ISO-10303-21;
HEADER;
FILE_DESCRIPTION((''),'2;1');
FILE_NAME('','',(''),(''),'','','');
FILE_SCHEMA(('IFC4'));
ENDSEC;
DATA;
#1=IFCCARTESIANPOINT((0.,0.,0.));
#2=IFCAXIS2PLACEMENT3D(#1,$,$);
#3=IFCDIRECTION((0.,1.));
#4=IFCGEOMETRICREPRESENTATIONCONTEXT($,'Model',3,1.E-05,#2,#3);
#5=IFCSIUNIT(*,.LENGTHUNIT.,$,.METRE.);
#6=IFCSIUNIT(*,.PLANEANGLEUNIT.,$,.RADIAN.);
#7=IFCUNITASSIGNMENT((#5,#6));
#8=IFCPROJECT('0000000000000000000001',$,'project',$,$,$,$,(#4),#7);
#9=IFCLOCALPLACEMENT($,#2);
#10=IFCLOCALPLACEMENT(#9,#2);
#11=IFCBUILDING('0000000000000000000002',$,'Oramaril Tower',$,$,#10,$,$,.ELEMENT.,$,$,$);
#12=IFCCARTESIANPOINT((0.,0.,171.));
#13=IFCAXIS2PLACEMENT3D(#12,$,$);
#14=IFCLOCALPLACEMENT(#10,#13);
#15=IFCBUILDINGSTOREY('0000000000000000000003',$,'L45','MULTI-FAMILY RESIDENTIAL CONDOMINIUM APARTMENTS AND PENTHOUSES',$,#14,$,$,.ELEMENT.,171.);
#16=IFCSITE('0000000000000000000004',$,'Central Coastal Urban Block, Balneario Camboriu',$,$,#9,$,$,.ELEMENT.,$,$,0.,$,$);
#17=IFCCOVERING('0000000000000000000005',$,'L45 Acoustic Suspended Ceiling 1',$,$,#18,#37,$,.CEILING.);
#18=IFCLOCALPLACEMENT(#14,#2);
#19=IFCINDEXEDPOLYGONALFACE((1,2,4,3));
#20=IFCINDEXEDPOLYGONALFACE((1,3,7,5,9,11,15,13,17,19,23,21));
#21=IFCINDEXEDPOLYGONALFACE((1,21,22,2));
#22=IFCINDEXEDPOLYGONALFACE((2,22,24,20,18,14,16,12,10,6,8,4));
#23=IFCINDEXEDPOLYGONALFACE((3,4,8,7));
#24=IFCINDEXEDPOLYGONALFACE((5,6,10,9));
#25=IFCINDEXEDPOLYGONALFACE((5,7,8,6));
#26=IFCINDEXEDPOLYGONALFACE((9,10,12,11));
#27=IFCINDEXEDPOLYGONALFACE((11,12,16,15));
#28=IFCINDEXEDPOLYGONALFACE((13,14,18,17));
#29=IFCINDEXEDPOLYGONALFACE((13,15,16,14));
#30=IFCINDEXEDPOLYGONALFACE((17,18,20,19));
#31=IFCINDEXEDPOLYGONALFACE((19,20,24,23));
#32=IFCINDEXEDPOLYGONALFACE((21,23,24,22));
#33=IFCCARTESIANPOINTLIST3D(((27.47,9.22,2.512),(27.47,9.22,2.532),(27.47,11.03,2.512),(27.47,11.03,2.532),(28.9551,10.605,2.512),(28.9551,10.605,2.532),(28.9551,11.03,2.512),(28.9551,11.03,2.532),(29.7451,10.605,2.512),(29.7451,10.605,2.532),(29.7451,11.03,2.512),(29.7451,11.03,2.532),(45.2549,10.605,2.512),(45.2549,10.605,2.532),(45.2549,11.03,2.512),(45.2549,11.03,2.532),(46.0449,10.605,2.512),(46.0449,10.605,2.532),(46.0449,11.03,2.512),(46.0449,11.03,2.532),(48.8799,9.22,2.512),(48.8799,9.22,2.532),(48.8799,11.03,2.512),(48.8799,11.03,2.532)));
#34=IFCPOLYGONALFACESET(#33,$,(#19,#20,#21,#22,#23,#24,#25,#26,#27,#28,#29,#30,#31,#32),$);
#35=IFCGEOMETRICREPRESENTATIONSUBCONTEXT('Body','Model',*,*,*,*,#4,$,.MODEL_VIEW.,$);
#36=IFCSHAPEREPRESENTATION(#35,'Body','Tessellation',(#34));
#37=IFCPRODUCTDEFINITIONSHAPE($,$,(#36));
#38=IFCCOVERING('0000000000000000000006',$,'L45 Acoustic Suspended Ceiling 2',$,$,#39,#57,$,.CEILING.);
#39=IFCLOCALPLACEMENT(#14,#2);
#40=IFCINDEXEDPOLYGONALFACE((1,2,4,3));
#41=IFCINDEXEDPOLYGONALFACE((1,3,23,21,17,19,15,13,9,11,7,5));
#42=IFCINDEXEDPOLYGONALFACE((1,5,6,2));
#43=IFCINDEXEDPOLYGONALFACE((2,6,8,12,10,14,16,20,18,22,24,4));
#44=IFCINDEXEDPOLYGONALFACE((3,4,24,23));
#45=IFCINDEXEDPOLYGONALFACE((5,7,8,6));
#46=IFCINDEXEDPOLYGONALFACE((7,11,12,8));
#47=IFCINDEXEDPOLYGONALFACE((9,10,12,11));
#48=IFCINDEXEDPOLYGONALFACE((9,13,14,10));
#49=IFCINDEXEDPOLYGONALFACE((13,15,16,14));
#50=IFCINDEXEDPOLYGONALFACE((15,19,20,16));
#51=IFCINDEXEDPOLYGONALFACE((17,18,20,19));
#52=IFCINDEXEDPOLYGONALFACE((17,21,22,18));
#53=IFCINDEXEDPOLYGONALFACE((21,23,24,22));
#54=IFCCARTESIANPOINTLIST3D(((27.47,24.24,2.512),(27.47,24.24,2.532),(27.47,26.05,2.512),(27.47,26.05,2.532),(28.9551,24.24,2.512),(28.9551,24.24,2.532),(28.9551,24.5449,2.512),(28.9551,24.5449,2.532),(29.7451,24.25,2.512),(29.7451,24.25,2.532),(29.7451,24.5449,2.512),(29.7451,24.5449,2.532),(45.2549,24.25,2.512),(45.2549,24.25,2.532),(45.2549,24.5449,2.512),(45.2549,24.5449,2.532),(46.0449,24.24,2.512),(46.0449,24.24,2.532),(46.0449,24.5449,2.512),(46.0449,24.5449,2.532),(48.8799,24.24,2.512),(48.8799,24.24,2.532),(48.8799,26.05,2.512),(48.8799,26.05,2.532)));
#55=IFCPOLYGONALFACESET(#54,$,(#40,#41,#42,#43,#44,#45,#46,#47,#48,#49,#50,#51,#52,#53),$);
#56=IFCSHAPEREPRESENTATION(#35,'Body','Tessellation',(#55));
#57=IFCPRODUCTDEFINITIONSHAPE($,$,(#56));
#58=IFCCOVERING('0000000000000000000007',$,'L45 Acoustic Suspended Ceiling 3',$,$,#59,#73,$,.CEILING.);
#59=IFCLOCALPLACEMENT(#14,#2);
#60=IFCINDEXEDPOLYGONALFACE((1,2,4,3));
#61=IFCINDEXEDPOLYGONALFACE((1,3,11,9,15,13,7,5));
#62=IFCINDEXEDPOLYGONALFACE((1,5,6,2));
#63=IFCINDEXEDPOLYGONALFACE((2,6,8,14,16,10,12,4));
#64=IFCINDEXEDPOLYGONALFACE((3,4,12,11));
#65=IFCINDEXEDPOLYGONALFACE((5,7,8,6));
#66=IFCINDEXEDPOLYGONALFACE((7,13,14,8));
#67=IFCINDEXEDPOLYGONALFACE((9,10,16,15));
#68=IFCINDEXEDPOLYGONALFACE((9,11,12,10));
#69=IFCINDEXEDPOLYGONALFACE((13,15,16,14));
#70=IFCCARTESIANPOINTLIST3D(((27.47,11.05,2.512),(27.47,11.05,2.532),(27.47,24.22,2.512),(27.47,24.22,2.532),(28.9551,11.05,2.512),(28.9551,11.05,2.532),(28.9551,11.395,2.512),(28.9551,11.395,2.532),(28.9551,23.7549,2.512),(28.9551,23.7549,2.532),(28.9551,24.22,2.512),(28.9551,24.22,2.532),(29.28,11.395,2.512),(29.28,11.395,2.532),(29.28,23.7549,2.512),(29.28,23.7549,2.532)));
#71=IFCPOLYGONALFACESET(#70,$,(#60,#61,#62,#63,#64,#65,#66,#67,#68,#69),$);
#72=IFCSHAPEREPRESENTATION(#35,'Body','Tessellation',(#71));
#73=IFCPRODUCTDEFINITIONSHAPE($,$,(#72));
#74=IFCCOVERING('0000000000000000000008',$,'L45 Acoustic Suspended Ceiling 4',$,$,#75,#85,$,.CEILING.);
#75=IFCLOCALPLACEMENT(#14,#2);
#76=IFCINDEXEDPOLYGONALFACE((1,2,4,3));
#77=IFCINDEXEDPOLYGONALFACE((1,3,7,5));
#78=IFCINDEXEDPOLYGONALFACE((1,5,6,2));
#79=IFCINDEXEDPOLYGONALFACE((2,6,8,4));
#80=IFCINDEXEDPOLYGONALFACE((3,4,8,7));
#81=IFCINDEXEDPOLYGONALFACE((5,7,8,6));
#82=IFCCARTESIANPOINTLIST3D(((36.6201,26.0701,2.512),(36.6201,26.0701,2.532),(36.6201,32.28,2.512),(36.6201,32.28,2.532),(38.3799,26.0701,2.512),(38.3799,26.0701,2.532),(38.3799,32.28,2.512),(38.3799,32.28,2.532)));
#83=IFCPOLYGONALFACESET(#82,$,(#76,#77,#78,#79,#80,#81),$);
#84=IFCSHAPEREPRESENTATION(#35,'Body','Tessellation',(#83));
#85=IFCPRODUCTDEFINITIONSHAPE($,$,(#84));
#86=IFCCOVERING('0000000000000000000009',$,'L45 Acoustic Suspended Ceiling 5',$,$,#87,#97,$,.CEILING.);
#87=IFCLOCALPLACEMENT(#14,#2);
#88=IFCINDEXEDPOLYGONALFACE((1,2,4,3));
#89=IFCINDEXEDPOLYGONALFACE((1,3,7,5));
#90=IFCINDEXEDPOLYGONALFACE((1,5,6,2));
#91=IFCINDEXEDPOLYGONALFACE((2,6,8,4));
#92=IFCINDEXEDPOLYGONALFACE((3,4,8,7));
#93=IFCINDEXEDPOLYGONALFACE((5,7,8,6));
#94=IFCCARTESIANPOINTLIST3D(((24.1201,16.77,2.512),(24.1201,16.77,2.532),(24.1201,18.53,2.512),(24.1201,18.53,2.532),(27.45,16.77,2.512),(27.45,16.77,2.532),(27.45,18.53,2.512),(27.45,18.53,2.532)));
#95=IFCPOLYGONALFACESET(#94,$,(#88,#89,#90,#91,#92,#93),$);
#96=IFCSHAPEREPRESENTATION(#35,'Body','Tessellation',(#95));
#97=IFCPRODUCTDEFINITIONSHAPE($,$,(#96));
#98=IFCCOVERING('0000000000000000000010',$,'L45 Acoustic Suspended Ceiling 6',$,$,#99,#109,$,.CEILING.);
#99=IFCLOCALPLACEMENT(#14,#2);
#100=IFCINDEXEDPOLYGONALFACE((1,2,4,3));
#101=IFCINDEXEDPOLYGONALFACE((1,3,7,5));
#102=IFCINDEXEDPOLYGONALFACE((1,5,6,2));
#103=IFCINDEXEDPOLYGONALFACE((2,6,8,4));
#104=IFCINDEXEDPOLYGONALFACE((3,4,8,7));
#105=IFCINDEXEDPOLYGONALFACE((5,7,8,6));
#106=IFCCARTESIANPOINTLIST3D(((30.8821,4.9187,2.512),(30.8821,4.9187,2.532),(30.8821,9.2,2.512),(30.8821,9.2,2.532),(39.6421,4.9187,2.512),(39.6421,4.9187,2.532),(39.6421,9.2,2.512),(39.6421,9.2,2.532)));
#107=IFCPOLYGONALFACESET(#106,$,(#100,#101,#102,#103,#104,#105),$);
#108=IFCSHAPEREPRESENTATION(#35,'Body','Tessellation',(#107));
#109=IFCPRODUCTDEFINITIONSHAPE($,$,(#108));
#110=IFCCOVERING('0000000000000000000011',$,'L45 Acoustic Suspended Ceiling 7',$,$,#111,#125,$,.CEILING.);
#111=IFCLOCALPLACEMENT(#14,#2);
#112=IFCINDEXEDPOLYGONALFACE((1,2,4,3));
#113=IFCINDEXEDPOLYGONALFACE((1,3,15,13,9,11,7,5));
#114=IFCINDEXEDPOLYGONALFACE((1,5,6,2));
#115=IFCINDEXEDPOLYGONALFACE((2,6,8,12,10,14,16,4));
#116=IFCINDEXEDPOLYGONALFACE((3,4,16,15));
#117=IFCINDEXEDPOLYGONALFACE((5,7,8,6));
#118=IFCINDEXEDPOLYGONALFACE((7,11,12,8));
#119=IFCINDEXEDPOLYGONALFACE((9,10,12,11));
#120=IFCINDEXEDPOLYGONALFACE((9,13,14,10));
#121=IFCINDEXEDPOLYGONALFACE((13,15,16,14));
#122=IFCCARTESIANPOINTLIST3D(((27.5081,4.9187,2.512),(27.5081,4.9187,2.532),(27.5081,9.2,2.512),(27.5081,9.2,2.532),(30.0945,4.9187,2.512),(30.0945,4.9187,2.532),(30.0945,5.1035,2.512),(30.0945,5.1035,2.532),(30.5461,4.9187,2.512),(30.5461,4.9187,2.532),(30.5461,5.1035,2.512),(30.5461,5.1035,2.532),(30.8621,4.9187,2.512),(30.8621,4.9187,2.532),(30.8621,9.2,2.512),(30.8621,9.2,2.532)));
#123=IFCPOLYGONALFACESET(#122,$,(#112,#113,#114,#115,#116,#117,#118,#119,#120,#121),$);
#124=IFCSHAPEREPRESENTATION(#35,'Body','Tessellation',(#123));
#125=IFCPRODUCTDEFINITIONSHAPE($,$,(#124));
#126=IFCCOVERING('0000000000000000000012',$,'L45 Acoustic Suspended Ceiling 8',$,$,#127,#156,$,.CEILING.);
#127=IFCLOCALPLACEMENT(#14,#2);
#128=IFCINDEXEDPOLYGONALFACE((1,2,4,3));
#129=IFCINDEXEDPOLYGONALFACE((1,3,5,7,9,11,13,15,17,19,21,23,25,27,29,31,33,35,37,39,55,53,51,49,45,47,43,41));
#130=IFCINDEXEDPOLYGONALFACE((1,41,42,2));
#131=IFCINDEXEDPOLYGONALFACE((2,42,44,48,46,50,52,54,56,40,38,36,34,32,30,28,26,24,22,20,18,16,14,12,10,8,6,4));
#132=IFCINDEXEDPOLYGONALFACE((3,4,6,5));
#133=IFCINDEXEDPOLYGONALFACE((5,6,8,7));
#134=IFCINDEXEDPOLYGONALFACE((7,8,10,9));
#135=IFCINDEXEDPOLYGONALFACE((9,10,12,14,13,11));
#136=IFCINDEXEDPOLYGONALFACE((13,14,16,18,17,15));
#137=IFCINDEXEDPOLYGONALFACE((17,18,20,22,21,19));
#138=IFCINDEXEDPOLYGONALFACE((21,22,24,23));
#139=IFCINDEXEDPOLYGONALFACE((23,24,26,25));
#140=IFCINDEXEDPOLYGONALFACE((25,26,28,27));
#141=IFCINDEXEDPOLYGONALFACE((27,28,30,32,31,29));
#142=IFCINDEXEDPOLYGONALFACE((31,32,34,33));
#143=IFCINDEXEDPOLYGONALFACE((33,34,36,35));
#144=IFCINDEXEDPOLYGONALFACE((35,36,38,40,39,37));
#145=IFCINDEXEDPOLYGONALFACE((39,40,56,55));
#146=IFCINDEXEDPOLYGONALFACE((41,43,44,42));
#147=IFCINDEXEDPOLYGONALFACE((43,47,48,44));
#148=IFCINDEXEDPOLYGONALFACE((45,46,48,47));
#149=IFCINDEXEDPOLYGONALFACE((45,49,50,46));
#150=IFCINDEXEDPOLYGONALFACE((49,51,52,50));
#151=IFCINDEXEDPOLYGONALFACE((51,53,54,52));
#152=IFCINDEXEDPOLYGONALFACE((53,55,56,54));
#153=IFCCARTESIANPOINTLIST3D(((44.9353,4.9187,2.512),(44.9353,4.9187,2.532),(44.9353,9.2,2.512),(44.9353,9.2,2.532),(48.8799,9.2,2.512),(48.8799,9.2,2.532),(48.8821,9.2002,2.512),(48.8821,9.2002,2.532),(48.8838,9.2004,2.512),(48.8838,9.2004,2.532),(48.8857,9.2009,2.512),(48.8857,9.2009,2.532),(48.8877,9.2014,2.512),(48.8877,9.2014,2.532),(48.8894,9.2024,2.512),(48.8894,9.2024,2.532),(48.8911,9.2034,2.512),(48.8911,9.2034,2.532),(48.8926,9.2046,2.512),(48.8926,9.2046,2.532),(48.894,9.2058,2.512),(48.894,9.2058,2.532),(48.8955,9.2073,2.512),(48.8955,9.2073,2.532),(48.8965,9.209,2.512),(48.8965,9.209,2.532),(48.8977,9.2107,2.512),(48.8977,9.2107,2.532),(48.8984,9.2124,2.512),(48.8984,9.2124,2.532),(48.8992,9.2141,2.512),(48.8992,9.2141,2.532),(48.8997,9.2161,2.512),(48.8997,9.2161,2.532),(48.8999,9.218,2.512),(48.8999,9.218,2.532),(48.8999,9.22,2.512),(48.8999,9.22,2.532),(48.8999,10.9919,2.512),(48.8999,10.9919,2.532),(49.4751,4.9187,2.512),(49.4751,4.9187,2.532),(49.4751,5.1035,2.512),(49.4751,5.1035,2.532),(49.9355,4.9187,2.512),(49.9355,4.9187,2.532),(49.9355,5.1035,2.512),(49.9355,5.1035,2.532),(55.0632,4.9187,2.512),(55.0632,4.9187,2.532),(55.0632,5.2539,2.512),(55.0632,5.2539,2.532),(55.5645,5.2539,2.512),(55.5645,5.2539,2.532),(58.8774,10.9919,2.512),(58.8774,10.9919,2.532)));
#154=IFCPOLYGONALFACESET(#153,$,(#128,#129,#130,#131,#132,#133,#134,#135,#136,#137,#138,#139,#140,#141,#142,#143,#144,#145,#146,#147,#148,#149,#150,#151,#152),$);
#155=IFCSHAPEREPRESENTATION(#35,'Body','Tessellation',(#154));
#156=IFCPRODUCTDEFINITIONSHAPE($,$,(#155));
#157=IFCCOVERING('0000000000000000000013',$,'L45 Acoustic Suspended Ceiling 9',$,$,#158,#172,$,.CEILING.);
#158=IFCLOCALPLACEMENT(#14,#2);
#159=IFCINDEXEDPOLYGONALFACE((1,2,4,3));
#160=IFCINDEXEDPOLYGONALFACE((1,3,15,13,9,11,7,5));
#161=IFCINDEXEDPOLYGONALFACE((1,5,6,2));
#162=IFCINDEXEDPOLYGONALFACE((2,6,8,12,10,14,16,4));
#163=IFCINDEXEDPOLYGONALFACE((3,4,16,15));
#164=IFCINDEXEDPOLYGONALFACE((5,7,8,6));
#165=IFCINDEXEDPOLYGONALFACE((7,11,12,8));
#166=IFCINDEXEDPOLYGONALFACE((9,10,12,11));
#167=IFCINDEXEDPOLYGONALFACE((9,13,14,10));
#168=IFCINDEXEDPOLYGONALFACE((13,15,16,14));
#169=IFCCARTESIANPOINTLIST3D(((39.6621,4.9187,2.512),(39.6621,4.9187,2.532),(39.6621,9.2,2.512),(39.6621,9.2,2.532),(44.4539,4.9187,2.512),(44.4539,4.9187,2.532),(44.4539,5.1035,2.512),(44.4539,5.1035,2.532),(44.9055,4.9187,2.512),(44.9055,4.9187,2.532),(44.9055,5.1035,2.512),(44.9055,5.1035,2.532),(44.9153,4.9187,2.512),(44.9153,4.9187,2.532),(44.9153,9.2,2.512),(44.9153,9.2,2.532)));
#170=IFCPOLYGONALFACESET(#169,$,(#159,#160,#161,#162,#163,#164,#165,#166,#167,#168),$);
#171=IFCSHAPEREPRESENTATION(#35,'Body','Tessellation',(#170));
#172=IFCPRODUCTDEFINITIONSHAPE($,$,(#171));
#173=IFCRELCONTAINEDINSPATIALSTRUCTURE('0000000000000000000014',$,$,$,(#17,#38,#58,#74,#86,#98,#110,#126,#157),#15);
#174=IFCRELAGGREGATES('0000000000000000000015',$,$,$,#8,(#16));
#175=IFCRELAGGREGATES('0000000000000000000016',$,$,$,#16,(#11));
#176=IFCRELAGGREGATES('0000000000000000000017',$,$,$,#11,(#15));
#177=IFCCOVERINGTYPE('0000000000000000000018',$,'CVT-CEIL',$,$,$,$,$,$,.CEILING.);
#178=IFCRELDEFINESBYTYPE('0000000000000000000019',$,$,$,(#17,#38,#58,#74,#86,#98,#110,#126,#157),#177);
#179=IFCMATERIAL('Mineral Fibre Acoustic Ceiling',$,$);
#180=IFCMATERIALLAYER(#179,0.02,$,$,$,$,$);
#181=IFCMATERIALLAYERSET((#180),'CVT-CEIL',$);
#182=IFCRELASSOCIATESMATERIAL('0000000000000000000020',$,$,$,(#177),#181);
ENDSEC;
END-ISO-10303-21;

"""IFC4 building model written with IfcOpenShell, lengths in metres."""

from ifc_helpers import new_model, si_unit, direction, frame, origin, place, context, subcontext, project, spatial, polyline, outline, extrude, material, layer, layer_set, type_object, element, save


model = new_model("IFC4")

# Units and contexts
model_context = context("Model", 3, precision=1e-05, world=origin(), true_north=direction((0.0, 1.0)))
body_context = subcontext(model_context, "Body", "Model", "MODEL_VIEW")
ifc_project = project(units=[si_unit("LENGTHUNIT", "METRE"), si_unit("PLANEANGLEUNIT", "RADIAN")], contexts=[model_context])

# Site, building, storey
site_placement = place(None, origin())
site = spatial("IfcSite", under=ifc_project, at=site_placement, Name="Central Coastal Urban Block, Balneario Camboriu", CompositionType="ELEMENT", RefElevation=0.0)
building_placement = place(site_placement, origin())
building = spatial("IfcBuilding", under=site, at=building_placement, Name="Oramaril Tower", CompositionType="ELEMENT")
storey_placement = place(building_placement, frame((0.0, 0.0, 171.0)))
storey = spatial("IfcBuildingStorey", under=building, at=storey_placement, Name="L45", Description="MULTI-FAMILY RESIDENTIAL CONDOMINIUM APARTMENTS AND PENTHOUSES", CompositionType="ELEMENT", Elevation=171.0)

# Coverings
ifc_material_1 = material(Name="Mineral Fibre Acoustic Ceiling")
ifc_layer_1 = layer(ifc_material_1, 0.02)
ifc_layer_set_1 = layer_set([ifc_layer_1], Name="CVT-CEIL")
covering_type_1 = type_object("IfcCoveringType", Name="CVT-CEIL", PredefinedType="CEILING", material=ifc_layer_set_1)
covering_1_placement = place(storey_placement, frame((0.0, 0.0, 2.512)))
element("IfcCovering", 1, at=covering_1_placement, inside=storey, type_object=covering_type_1, Name="L45 Acoustic Suspended Ceiling 1", PredefinedType="CEILING", context=body_context, shape_type="SweptSolid", body=[
    extrude(outline(polyline([(28.9551, 10.605), (29.7451, 10.605), (29.7451, 11.03), (45.2549, 11.03), (45.2549, 10.605), (46.0449, 10.605), (46.0449, 11.03), (48.8799, 11.03), (48.8799, 9.22), (27.47, 9.22), (27.47, 11.03), (28.9551, 11.03), (28.9551, 10.605)])), origin(), (0.0, 0.0, 1.0), 0.02),
])
covering_2_placement = place(storey_placement, frame((0.0, 0.0, 2.512)))
element("IfcCovering", 2, at=covering_2_placement, inside=storey, type_object=covering_type_1, Name="L45 Acoustic Suspended Ceiling 2", PredefinedType="CEILING", context=body_context, shape_type="SweptSolid", body=[
    extrude(outline(polyline([(48.8799, 24.24), (46.0449, 24.24), (46.0449, 24.5449), (45.2549, 24.5449), (45.2549, 24.25), (29.7451, 24.25), (29.7451, 24.5449), (28.9551, 24.5449), (28.9551, 24.24), (27.47, 24.24), (27.47, 26.05), (48.8799, 26.05), (48.8799, 24.24)])), origin(), (0.0, 0.0, 1.0), 0.02),
])
covering_3_placement = place(storey_placement, frame((0.0, 0.0, 2.512)))
element("IfcCovering", 3, at=covering_3_placement, inside=storey, type_object=covering_type_1, Name="L45 Acoustic Suspended Ceiling 3", PredefinedType="CEILING", context=body_context, shape_type="SweptSolid", body=[
    extrude(outline(polyline([(28.9551, 23.7549), (29.28, 23.7549), (29.28, 11.395), (28.9551, 11.395), (28.9551, 11.05), (27.47, 11.05), (27.47, 24.22), (28.9551, 24.22), (28.9551, 23.7549)])), origin(), (0.0, 0.0, 1.0), 0.02),
])
covering_4_placement = place(storey_placement, frame((0.0, 0.0, 2.512)))
element("IfcCovering", 4, at=covering_4_placement, inside=storey, type_object=covering_type_1, Name="L45 Acoustic Suspended Ceiling 4", PredefinedType="CEILING", context=body_context, shape_type="SweptSolid", body=[
    extrude(outline(polyline([(38.3799, 26.0701), (36.6201, 26.0701), (36.6201, 32.28), (38.3799, 32.28), (38.3799, 26.0701)])), origin(), (0.0, 0.0, 1.0), 0.02),
])
covering_5_placement = place(storey_placement, frame((0.0, 0.0, 2.512)))
element("IfcCovering", 5, at=covering_5_placement, inside=storey, type_object=covering_type_1, Name="L45 Acoustic Suspended Ceiling 5", PredefinedType="CEILING", context=body_context, shape_type="SweptSolid", body=[
    extrude(outline(polyline([(24.1201, 16.77), (24.1201, 18.53), (27.45, 18.53), (27.45, 16.77), (24.1201, 16.77)])), origin(), (0.0, 0.0, 1.0), 0.02),
])
covering_6_placement = place(storey_placement, frame((0.0, 0.0, 2.512)))
element("IfcCovering", 6, at=covering_6_placement, inside=storey, type_object=covering_type_1, Name="L45 Acoustic Suspended Ceiling 6", PredefinedType="CEILING", context=body_context, shape_type="SweptSolid", body=[
    extrude(outline(polyline([(30.8821, 4.9187), (30.8821, 9.2), (39.6421, 9.2), (39.6421, 4.9187), (30.8821, 4.9187)])), origin(), (0.0, 0.0, 1.0), 0.02),
])
covering_7_placement = place(storey_placement, frame((0.0, 0.0, 2.512)))
element("IfcCovering", 7, at=covering_7_placement, inside=storey, type_object=covering_type_1, Name="L45 Acoustic Suspended Ceiling 7", PredefinedType="CEILING", context=body_context, shape_type="SweptSolid", body=[
    extrude(outline(polyline([(30.5461, 5.1035), (30.0945, 5.1035), (30.0945, 4.9187), (27.5081, 4.9187), (27.5081, 9.2), (30.8621, 9.2), (30.8621, 4.9187), (30.5461, 4.9187), (30.5461, 5.1035)])), origin(), (0.0, 0.0, 1.0), 0.02),
])
covering_8_placement = place(storey_placement, frame((0.0, 0.0, 2.512)))
element("IfcCovering", 8, at=covering_8_placement, inside=storey, type_object=covering_type_1, Name="L45 Acoustic Suspended Ceiling 8", PredefinedType="CEILING", context=body_context, shape_type="SweptSolid", body=[
    extrude(outline(polyline([(55.5645, 5.2539), (55.0632, 5.2539), (55.0632, 4.9187), (49.9355, 4.9187), (49.9355, 5.1035), (49.4751, 5.1035), (49.4751, 4.9187), (44.9353, 4.9187), (44.9353, 9.2), (48.8799, 9.2), (48.8821, 9.2002), (48.8838, 9.2004), (48.8857, 9.2009), (48.8877, 9.2014), (48.8894, 9.2024), (48.8911, 9.2034), (48.8926, 9.2046), (48.894, 9.2058), (48.8955, 9.2073), (48.8965, 9.209), (48.8977, 9.2107), (48.8984, 9.2124), (48.8992, 9.2141), (48.8997, 9.2161), (48.8999, 9.218), (48.8999, 9.22), (48.8999, 10.9919), (58.8774, 10.9919), (55.5645, 5.2539)])), origin(), (0.0, 0.0, 1.0), 0.02),
])
covering_9_placement = place(storey_placement, frame((0.0, 0.0, 2.512)))
element("IfcCovering", 9, at=covering_9_placement, inside=storey, type_object=covering_type_1, Name="L45 Acoustic Suspended Ceiling 9", PredefinedType="CEILING", context=body_context, shape_type="SweptSolid", body=[
    extrude(outline(polyline([(44.9055, 4.9187), (44.9055, 5.1035), (44.4539, 5.1035), (44.4539, 4.9187), (39.6621, 4.9187), (39.6621, 9.2), (44.9153, 9.2), (44.9153, 4.9187), (44.9055, 4.9187)])), origin(), (0.0, 0.0, 1.0), 0.02),
])

save(model, "model.ifc")
